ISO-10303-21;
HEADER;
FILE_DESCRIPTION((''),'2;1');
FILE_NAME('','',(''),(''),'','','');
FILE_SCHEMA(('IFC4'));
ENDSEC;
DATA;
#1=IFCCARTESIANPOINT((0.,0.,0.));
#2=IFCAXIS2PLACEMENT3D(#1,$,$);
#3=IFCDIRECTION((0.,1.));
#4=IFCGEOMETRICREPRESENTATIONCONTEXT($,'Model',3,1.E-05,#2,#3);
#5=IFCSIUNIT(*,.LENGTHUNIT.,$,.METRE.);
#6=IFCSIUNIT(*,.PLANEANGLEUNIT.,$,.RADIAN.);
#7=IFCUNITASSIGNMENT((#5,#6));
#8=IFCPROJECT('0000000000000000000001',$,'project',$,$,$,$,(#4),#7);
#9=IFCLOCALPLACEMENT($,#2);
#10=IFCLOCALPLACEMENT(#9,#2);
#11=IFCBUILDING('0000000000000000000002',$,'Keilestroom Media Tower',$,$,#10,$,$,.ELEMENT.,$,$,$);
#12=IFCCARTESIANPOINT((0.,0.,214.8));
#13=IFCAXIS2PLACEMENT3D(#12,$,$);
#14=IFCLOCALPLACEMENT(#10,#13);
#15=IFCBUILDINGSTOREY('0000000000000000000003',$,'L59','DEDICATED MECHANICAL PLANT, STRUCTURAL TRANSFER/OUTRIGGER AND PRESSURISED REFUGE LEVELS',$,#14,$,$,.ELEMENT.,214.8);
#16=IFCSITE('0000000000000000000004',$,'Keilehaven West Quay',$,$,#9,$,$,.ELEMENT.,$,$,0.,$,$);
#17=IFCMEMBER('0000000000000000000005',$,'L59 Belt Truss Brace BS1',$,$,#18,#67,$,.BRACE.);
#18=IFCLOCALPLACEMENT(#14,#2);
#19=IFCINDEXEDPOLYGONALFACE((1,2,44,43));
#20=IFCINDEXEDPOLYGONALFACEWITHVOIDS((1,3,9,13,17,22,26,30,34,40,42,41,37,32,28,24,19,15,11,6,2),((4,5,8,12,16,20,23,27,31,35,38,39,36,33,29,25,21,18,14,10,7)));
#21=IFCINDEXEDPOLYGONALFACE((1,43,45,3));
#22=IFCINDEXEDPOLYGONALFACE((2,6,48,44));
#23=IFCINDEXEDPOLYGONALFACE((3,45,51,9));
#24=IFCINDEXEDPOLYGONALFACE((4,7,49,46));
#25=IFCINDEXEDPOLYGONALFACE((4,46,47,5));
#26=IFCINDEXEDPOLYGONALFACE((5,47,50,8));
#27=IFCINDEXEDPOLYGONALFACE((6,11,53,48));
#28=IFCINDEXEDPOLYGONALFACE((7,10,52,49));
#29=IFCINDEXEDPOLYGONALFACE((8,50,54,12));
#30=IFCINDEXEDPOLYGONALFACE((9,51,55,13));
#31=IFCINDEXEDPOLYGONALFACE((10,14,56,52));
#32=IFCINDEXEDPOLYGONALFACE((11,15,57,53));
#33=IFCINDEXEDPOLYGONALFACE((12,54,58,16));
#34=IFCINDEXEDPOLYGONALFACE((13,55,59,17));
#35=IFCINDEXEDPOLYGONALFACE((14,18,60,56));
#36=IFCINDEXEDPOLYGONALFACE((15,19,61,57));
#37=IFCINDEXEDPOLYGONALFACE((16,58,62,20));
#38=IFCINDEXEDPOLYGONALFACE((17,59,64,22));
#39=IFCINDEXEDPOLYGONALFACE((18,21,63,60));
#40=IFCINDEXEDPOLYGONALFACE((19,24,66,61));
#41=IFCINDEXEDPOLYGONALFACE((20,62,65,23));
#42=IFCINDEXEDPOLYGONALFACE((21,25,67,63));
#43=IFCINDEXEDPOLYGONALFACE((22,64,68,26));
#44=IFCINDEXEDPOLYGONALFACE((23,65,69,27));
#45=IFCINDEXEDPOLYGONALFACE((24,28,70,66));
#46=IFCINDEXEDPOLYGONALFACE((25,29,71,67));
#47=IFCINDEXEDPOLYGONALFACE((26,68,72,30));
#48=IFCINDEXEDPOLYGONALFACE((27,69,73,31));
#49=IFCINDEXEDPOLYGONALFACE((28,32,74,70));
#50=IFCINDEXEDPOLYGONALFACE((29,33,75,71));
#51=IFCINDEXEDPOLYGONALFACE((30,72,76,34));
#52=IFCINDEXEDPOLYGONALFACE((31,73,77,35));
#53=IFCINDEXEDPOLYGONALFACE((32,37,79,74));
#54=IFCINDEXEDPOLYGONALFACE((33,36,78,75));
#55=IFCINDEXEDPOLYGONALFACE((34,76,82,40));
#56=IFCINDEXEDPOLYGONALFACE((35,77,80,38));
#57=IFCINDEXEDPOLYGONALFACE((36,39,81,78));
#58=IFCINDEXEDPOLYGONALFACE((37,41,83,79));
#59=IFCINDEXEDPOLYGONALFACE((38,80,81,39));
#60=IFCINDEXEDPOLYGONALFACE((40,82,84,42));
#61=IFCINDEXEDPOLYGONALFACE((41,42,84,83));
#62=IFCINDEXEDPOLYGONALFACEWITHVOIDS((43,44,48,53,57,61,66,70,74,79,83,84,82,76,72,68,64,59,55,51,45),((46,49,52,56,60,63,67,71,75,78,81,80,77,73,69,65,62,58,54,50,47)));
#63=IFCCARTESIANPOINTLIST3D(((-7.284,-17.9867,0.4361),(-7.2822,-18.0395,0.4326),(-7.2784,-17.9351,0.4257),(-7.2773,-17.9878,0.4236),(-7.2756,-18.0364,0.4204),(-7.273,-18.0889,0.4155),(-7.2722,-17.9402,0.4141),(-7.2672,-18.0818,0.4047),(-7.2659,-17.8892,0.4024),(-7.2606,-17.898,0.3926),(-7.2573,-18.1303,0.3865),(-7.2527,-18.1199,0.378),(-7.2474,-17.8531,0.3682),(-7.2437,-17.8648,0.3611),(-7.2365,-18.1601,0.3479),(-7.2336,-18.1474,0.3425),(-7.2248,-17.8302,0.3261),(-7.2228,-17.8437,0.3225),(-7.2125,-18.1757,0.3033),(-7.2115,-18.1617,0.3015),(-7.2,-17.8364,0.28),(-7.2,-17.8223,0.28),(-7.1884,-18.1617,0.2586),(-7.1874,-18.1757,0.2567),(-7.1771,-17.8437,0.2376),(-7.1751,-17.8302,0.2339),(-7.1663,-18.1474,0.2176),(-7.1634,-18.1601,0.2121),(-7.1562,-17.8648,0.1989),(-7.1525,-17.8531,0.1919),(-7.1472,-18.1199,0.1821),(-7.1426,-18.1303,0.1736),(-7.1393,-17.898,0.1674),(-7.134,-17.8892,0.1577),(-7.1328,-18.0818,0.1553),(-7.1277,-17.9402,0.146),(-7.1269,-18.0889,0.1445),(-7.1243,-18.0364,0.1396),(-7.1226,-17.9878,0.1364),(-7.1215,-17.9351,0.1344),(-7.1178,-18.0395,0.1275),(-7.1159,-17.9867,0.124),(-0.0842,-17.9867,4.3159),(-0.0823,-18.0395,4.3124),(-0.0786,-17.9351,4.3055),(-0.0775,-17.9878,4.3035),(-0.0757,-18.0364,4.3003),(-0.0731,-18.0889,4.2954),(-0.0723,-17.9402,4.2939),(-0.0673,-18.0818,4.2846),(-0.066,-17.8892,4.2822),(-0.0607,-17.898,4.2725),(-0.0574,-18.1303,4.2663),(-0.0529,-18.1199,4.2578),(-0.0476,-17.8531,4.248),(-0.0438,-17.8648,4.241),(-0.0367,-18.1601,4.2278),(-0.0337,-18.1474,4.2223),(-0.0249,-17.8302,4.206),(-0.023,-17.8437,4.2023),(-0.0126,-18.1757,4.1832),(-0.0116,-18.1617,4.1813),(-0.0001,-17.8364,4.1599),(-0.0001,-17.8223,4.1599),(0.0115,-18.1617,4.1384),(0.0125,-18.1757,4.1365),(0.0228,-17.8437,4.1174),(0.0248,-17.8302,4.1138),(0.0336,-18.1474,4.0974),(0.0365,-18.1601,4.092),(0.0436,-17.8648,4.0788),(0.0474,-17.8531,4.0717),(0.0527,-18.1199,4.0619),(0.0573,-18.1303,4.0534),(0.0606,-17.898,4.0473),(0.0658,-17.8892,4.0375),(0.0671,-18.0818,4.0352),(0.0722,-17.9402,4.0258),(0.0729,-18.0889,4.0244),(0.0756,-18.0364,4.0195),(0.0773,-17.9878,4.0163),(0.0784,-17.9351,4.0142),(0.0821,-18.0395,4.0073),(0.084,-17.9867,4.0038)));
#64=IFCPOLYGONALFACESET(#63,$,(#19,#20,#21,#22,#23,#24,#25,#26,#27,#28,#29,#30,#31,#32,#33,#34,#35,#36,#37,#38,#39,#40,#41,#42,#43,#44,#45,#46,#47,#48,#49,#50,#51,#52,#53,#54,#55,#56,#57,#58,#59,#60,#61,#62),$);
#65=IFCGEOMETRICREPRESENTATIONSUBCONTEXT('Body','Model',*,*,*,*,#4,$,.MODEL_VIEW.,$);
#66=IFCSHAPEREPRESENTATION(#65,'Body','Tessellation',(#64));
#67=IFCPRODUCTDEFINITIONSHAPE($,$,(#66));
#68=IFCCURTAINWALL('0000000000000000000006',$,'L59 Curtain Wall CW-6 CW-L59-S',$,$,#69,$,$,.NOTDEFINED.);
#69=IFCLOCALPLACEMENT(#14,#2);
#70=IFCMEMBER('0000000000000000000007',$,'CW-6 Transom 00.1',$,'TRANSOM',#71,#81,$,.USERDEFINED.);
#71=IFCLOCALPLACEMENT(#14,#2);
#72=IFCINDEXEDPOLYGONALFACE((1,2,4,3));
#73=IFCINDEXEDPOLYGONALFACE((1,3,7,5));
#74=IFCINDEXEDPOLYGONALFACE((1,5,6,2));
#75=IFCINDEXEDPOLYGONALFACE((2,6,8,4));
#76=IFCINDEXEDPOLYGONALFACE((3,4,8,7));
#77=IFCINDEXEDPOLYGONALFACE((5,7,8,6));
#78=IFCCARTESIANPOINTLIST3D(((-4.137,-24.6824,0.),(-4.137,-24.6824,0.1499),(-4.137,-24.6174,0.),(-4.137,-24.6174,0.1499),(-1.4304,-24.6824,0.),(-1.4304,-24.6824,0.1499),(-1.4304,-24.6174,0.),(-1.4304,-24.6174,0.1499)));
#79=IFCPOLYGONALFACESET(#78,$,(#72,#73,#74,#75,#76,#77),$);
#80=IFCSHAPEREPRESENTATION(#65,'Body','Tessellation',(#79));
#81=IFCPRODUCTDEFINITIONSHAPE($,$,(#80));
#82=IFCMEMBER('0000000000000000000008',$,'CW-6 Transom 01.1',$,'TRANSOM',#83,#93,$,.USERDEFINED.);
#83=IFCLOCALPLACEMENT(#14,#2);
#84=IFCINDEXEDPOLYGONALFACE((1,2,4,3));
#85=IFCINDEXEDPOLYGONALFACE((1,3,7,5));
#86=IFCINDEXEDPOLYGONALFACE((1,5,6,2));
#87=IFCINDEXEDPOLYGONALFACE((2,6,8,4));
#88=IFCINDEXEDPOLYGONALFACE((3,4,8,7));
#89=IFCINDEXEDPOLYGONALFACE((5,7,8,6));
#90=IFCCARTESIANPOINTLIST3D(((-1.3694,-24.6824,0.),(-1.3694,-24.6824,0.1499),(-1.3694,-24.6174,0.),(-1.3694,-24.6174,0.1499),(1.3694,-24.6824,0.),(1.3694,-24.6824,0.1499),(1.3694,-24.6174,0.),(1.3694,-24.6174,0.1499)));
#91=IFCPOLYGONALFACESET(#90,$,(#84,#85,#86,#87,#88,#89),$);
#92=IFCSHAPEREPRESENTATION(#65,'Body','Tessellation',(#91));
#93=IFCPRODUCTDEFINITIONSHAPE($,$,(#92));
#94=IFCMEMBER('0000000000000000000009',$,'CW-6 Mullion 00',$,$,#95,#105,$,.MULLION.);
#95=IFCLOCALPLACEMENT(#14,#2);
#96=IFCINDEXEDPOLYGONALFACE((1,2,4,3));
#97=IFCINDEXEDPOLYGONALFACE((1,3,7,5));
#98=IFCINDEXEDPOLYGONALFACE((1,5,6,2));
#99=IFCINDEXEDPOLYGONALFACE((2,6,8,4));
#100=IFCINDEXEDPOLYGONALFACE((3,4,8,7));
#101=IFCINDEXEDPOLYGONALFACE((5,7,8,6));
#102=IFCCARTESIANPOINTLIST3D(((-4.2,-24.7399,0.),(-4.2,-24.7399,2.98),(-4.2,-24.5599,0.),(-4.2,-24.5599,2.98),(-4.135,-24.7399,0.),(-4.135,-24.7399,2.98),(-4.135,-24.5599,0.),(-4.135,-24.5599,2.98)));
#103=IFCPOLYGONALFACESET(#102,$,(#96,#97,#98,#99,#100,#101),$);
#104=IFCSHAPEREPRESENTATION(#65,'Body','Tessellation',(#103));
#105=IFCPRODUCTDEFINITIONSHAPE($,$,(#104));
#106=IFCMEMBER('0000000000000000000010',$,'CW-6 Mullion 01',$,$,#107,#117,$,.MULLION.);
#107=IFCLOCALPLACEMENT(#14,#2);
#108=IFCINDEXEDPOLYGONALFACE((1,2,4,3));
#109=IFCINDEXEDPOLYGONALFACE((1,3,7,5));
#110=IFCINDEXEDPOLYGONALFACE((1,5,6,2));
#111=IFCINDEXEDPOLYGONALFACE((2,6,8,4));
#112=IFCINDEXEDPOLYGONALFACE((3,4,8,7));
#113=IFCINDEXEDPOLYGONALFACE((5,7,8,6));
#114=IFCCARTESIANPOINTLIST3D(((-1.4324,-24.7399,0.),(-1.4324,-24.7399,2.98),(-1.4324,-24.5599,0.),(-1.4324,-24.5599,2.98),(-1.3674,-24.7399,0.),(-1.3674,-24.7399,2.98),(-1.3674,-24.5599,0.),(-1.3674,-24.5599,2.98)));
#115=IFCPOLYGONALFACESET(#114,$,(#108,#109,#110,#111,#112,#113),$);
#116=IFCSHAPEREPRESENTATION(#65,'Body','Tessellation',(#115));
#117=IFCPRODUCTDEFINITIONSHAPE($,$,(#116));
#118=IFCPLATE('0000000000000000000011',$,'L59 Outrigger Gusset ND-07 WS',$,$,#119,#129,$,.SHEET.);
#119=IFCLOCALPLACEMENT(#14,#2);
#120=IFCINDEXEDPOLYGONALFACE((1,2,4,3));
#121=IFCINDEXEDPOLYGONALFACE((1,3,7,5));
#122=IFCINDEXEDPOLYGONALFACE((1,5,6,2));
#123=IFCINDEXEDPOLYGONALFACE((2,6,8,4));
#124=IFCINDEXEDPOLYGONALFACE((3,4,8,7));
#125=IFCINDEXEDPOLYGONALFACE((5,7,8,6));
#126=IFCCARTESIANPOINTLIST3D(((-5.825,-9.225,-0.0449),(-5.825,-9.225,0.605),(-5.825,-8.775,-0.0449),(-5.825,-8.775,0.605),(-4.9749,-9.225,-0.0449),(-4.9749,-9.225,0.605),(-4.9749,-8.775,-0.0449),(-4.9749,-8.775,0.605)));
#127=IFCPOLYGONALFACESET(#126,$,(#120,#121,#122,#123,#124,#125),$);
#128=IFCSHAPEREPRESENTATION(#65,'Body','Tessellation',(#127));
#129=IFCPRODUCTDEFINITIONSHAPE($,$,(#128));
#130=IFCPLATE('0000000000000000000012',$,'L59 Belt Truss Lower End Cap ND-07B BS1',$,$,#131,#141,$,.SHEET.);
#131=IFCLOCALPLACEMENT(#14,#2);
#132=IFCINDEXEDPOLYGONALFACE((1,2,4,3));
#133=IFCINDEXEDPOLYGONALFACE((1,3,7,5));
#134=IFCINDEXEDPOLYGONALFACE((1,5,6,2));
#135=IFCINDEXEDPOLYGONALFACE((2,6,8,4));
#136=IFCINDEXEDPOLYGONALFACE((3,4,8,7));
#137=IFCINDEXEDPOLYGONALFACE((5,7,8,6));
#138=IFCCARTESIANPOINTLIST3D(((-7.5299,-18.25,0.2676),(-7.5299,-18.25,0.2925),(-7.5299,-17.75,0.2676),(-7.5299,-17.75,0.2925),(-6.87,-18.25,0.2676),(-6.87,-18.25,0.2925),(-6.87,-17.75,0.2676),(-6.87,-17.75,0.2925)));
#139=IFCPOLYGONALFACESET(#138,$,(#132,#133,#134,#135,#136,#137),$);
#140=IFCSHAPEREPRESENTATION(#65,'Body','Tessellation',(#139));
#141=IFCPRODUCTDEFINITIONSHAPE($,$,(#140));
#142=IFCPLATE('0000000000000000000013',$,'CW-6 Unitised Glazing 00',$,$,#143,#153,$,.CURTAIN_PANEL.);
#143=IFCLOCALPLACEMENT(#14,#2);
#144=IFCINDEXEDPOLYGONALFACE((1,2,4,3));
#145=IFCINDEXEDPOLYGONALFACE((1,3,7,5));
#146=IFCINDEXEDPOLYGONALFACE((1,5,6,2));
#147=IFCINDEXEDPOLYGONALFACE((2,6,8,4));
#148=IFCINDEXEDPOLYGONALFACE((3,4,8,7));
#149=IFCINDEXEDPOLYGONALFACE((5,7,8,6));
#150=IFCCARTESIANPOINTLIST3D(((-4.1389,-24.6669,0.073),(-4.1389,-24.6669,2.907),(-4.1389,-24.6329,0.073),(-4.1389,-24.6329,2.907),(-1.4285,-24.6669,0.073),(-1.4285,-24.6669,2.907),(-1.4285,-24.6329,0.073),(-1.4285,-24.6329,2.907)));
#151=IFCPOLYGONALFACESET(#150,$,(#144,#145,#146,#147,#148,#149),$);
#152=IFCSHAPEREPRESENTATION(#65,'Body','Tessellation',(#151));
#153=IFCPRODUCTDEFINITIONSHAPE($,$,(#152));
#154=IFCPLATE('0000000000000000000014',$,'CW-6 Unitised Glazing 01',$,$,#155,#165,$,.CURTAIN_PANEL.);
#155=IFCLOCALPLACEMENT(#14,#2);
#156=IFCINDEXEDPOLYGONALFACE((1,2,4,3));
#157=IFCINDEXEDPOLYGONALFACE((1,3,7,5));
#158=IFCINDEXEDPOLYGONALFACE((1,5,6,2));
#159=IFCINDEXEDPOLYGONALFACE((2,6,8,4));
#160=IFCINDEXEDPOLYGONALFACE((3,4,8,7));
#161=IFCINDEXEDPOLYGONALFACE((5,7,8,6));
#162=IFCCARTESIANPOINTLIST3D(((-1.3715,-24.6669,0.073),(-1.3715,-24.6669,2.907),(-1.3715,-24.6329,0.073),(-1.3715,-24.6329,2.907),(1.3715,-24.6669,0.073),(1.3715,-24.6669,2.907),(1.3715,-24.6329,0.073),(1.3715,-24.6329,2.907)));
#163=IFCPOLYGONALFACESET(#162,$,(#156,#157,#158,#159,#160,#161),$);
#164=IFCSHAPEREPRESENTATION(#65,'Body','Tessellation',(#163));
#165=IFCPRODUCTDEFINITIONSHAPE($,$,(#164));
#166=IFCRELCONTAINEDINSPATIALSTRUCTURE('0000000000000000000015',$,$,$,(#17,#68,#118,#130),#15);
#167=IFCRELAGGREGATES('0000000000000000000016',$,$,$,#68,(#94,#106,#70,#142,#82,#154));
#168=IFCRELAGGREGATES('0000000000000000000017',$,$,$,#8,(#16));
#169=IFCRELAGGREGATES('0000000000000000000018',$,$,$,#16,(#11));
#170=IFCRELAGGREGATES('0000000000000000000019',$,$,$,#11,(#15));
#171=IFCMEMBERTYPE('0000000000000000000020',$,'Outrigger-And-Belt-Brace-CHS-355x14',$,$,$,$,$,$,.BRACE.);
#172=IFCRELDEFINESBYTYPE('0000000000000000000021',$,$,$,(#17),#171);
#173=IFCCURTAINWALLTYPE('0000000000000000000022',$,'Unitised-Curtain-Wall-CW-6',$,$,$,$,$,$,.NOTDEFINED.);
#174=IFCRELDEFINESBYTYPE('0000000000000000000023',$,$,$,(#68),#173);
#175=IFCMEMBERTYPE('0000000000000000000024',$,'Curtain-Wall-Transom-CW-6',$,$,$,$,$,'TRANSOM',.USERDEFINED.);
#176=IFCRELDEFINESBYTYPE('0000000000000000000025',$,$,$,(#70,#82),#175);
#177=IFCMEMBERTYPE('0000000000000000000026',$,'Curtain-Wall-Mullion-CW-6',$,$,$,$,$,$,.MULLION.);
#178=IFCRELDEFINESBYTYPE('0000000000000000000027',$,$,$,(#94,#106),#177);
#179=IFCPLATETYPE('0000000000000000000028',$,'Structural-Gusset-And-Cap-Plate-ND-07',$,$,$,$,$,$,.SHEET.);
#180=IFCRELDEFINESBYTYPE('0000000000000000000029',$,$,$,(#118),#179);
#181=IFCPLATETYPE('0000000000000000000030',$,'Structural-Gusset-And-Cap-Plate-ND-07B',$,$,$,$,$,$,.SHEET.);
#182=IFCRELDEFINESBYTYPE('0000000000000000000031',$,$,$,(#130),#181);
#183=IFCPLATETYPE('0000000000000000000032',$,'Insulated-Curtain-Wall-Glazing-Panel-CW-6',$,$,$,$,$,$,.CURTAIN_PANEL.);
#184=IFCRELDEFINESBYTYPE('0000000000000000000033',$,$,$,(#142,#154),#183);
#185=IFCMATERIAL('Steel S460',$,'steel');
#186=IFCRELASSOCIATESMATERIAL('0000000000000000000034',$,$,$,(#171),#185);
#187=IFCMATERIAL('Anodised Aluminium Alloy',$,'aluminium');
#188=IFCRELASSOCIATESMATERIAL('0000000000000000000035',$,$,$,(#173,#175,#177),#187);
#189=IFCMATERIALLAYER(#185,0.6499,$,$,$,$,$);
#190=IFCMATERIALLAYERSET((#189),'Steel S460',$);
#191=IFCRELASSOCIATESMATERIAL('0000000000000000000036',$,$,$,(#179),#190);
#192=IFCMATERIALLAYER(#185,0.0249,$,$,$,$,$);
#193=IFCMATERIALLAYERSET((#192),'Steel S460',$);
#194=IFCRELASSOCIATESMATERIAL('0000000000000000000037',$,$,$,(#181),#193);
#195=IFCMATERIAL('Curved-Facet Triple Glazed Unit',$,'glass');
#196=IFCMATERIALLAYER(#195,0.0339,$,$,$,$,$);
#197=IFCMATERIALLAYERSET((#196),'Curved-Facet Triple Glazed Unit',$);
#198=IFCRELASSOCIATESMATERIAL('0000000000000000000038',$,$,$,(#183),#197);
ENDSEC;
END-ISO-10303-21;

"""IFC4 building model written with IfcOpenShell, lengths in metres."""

from ifc_helpers import new_model, si_unit, direction, frame, origin, origin_2d, place, context, subcontext, project, spatial, rectangle, hollow_circle, extrude, source, transform, mapped, material, layer, layer_set, material_profile, profile_set, type_object, element, aggregate, save


model = new_model("IFC4")

# Units and contexts
model_context = context("Model", 3, precision=1e-05, world=origin(), true_north=direction((0.0, 1.0)))
body_context = subcontext(model_context, "Body", "Model", "MODEL_VIEW")
ifc_project = project(units=[si_unit("LENGTHUNIT", "METRE"), si_unit("PLANEANGLEUNIT", "RADIAN")], contexts=[model_context])

# Site, building, storey
site_placement = place(None, origin())
site = spatial("IfcSite", under=ifc_project, at=site_placement, Name="Keilehaven West Quay", CompositionType="ELEMENT", RefElevation=0.0)
building_placement = place(site_placement, origin())
building = spatial("IfcBuilding", under=site, at=building_placement, Name="Keilestroom Media Tower", CompositionType="ELEMENT")
storey_placement = place(building_placement, frame((0.0, 0.0, 214.8)))
storey = spatial("IfcBuildingStorey", under=building, at=storey_placement, Name="L59", Description="DEDICATED MECHANICAL PLANT, STRUCTURAL TRANSFER/OUTRIGGER AND PRESSURISED REFUGE LEVELS", CompositionType="ELEMENT", Elevation=214.8)

# Member
ifc_material_1 = material(Name="Steel S460", Category="steel")
ifc_material_profile_1 = material_profile(ifc_material_1, hollow_circle(Radius=0.1777, WallThickness=0.0142, at=origin_2d()), Name="CHS 355.6x14.2")
ifc_profile_set_1 = profile_set([ifc_material_profile_1], Name="Steel S460")
member_type_1 = type_object("IfcMemberType", Name="Outrigger-And-Belt-Brace-CHS-355x14", PredefinedType="BRACE", material=ifc_profile_set_1)
shared_shape_1 = source(origin(), body_context, "Body", "SweptSolid", [
    extrude(hollow_circle(Radius=0.1777, WallThickness=0.0142, at=origin_2d()), origin(), (0.0, 0.0, 1.0), 8.1787),
])
member_1_placement = place(storey_placement, frame((-7.2, -18.0, 0.28), z_axis=(0.880319, 0.0, 0.474383), x_axis=(0.0, 1.0, 0.0)))
element("IfcMember", 1, at=member_1_placement, inside=storey, type_object=member_type_1, Name="L59 Belt Truss Brace BS1", PredefinedType="BRACE", context=body_context, shape_type="MappedRepresentation", body=[
    mapped(shared_shape_1, transform((0.0, 0.0, 0.0), x_axis=(1.0, 0.0, 0.0), y_axis=(0.0, 1.0, 0.0), z_axis=(0.0, 0.0, 1.0), scale=1.0)),
])

# Curtain wall, members
ifc_material_2 = material(Name="Anodised Aluminium Alloy", Category="aluminium")
curtain_wall_type = type_object("IfcCurtainWallType", Name="Unitised-Curtain-Wall-CW-6", PredefinedType="NOTDEFINED", material=ifc_material_2)
curtain_wall_placement = place(storey_placement, origin())
curtain_wall = element("IfcCurtainWall", 2, at=curtain_wall_placement, inside=storey, type_object=curtain_wall_type, Name="L59 Curtain Wall CW-6 CW-L59-S", PredefinedType="NOTDEFINED")
ifc_material_profile_2 = material_profile(ifc_material_2, rectangle(XDim=0.0649, YDim=0.1499, at=origin_2d()), Name="ALU TRANSOM 65x150")
ifc_profile_set_2 = profile_set([ifc_material_profile_2], Name="Anodised Aluminium Alloy")
member_type_2 = type_object("IfcMemberType", Name="Curtain-Wall-Transom-CW-6", ElementType="TRANSOM", PredefinedType="USERDEFINED", material=ifc_profile_set_2)
shared_shape_2 = source(origin(), body_context, "Body", "SweptSolid", [
    extrude(rectangle(XDim=0.0649, YDim=0.1499, at=origin_2d()), origin(), (0.0, 0.0, 1.0), 2.7065),
])
member_2_placement = place(storey_placement, frame((-4.137, -24.6499, 0.075), z_axis=(1.0, 0.0, 0.0), x_axis=(0.0, 1.0, 0.0)))
member_2 = element("IfcMember", 3, at=member_2_placement, type_object=member_type_2, Name="CW-6 Transom 00.1", ObjectType="TRANSOM", PredefinedType="USERDEFINED", context=body_context, shape_type="MappedRepresentation", body=[
    mapped(shared_shape_2, transform((0.0, 0.0, 0.0), x_axis=(1.0, 0.0, 0.0), y_axis=(0.0, 1.0, 0.0), z_axis=(0.0, 0.0, 1.0), scale=1.0)),
])
shared_shape_3 = source(origin(), body_context, "Body", "SweptSolid", [
    extrude(rectangle(XDim=0.0649, YDim=0.1499, at=origin_2d()), origin(), (0.0, 0.0, 1.0), 2.7388),
])
member_3_placement = place(storey_placement, frame((-1.3694, -24.6499, 0.075), z_axis=(1.0, 0.0, 0.0), x_axis=(0.0, 1.0, 0.0)))
member_3 = element("IfcMember", 4, at=member_3_placement, type_object=member_type_2, Name="CW-6 Transom 01.1", ObjectType="TRANSOM", PredefinedType="USERDEFINED", context=body_context, shape_type="MappedRepresentation", body=[
    mapped(shared_shape_3, transform((0.0, 0.0, 0.0), x_axis=(1.0, 0.0, 0.0), y_axis=(0.0, 1.0, 0.0), z_axis=(0.0, 0.0, 1.0), scale=1.0)),
])
ifc_material_profile_3 = material_profile(ifc_material_2, rectangle(XDim=0.0649, YDim=0.1799, at=origin_2d()), Name="ALU MULLION 65x180")
ifc_profile_set_3 = profile_set([ifc_material_profile_3], Name="Anodised Aluminium Alloy")
member_type_3 = type_object("IfcMemberType", Name="Curtain-Wall-Mullion-CW-6", PredefinedType="MULLION", material=ifc_profile_set_3)
shared_shape_4 = source(origin(), body_context, "Body", "SweptSolid", [
    extrude(rectangle(XDim=0.0649, YDim=0.1799, at=origin_2d()), origin(), (0.0, 0.0, 1.0), 2.98),
])
member_4_placement = place(storey_placement, frame((-4.1675, -24.6499, 0.0), z_axis=(0.0, 0.0, 1.0), x_axis=(1.0, 0.0, 0.0)))
member_4 = element("IfcMember", 5, at=member_4_placement, type_object=member_type_3, Name="CW-6 Mullion 00", PredefinedType="MULLION", context=body_context, shape_type="MappedRepresentation", body=[
    mapped(shared_shape_4, transform((0.0, 0.0, 0.0), x_axis=(1.0, 0.0, 0.0), y_axis=(0.0, 1.0, 0.0), z_axis=(0.0, 0.0, 1.0), scale=1.0)),
])
member_5_placement = place(storey_placement, frame((-1.3999, -24.6499, 0.0), z_axis=(0.0, 0.0, 1.0), x_axis=(1.0, 0.0, 0.0)))
member_5 = element("IfcMember", 6, at=member_5_placement, type_object=member_type_3, Name="CW-6 Mullion 01", PredefinedType="MULLION", context=body_context, shape_type="MappedRepresentation", body=[
    mapped(shared_shape_4, transform((0.0, 0.0, 0.0), x_axis=(1.0, 0.0, 0.0), y_axis=(0.0, 1.0, 0.0), z_axis=(0.0, 0.0, 1.0), scale=1.0)),
])

# Plates
ifc_layer_1 = layer(ifc_material_1, 0.6499)
ifc_layer_set_1 = layer_set([ifc_layer_1], Name="Steel S460")
plate_type_1 = type_object("IfcPlateType", Name="Structural-Gusset-And-Cap-Plate-ND-07", PredefinedType="SHEET", material=ifc_layer_set_1)
shared_shape_5 = source(origin(), body_context, "Body", "SweptSolid", [
    extrude(rectangle(XDim=0.8501, YDim=0.45, at=origin_2d()), origin(), (0.0, 0.0, 1.0), 0.6499),
])
plate_1_placement = place(storey_placement, frame((-5.3999, -9.0, -0.0449), z_axis=(0.0, 0.0, 1.0), x_axis=(1.0, 0.0, 0.0)))
element("IfcPlate", 7, at=plate_1_placement, inside=storey, type_object=plate_type_1, Name="L59 Outrigger Gusset ND-07 WS", PredefinedType="SHEET", context=body_context, shape_type="MappedRepresentation", body=[
    mapped(shared_shape_5, transform((0.0, 0.0, 0.0), x_axis=(1.0, 0.0, 0.0), y_axis=(0.0, 1.0, 0.0), z_axis=(0.0, 0.0, 1.0), scale=1.0)),
])
ifc_layer_2 = layer(ifc_material_1, 0.0249)
ifc_layer_set_2 = layer_set([ifc_layer_2], Name="Steel S460")
plate_type_2 = type_object("IfcPlateType", Name="Structural-Gusset-And-Cap-Plate-ND-07B", PredefinedType="SHEET", material=ifc_layer_set_2)
shared_shape_6 = source(origin(), body_context, "Body", "SweptSolid", [
    extrude(rectangle(XDim=0.6599, YDim=0.5, at=origin_2d()), origin(), (0.0, 0.0, 1.0), 0.0249),
])
plate_2_placement = place(storey_placement, frame((-7.2, -18.0, 0.2676), z_axis=(0.0, 0.0, 1.0), x_axis=(1.0, 0.0, 0.0)))
element("IfcPlate", 8, at=plate_2_placement, inside=storey, type_object=plate_type_2, Name="L59 Belt Truss Lower End Cap ND-07B BS1", PredefinedType="SHEET", context=body_context, shape_type="MappedRepresentation", body=[
    mapped(shared_shape_6, transform((0.0, 0.0, 0.0), x_axis=(1.0, 0.0, 0.0), y_axis=(0.0, 1.0, 0.0), z_axis=(0.0, 0.0, 1.0), scale=1.0)),
])

# Plates
ifc_material_3 = material(Name="Curved-Facet Triple Glazed Unit", Category="glass")
ifc_layer_3 = layer(ifc_material_3, 0.0339)
ifc_layer_set_3 = layer_set([ifc_layer_3], Name="Curved-Facet Triple Glazed Unit")
plate_type_3 = type_object("IfcPlateType", Name="Insulated-Curtain-Wall-Glazing-Panel-CW-6", PredefinedType="CURTAIN_PANEL", material=ifc_layer_set_3)
shared_shape_7 = source(origin(), body_context, "Body", "SweptSolid", [
    extrude(rectangle(XDim=2.7104, YDim=0.0339, at=origin_2d()), origin(), (0.0, 0.0, 1.0), 2.834),
])
plate_3_placement = place(storey_placement, frame((-2.7837, -24.6499, 0.073), z_axis=(0.0, 0.0, 1.0), x_axis=(1.0, 0.0, 0.0)))
plate_3 = element("IfcPlate", 9, at=plate_3_placement, type_object=plate_type_3, Name="CW-6 Unitised Glazing 00", PredefinedType="CURTAIN_PANEL", context=body_context, shape_type="MappedRepresentation", body=[
    mapped(shared_shape_7, transform((0.0, 0.0, 0.0), x_axis=(1.0, 0.0, 0.0), y_axis=(0.0, 1.0, 0.0), z_axis=(0.0, 0.0, 1.0), scale=1.0)),
])
shared_shape_8 = source(origin(), body_context, "Body", "SweptSolid", [
    extrude(rectangle(XDim=2.7429, YDim=0.0339, at=origin_2d()), origin(), (0.0, 0.0, 1.0), 2.834),
])
plate_4_placement = place(storey_placement, frame((0.0, -24.6499, 0.073), z_axis=(0.0, 0.0, 1.0), x_axis=(1.0, 0.0, 0.0)))
plate_4 = element("IfcPlate", 10, at=plate_4_placement, type_object=plate_type_3, Name="CW-6 Unitised Glazing 01", PredefinedType="CURTAIN_PANEL", context=body_context, shape_type="MappedRepresentation", body=[
    mapped(shared_shape_8, transform((0.0, 0.0, 0.0), x_axis=(1.0, 0.0, 0.0), y_axis=(0.0, 1.0, 0.0), z_axis=(0.0, 0.0, 1.0), scale=1.0)),
])
aggregate(curtain_wall, [member_4, member_5, member_2, plate_3, member_3, plate_4])

save(model, "model.ifc")
